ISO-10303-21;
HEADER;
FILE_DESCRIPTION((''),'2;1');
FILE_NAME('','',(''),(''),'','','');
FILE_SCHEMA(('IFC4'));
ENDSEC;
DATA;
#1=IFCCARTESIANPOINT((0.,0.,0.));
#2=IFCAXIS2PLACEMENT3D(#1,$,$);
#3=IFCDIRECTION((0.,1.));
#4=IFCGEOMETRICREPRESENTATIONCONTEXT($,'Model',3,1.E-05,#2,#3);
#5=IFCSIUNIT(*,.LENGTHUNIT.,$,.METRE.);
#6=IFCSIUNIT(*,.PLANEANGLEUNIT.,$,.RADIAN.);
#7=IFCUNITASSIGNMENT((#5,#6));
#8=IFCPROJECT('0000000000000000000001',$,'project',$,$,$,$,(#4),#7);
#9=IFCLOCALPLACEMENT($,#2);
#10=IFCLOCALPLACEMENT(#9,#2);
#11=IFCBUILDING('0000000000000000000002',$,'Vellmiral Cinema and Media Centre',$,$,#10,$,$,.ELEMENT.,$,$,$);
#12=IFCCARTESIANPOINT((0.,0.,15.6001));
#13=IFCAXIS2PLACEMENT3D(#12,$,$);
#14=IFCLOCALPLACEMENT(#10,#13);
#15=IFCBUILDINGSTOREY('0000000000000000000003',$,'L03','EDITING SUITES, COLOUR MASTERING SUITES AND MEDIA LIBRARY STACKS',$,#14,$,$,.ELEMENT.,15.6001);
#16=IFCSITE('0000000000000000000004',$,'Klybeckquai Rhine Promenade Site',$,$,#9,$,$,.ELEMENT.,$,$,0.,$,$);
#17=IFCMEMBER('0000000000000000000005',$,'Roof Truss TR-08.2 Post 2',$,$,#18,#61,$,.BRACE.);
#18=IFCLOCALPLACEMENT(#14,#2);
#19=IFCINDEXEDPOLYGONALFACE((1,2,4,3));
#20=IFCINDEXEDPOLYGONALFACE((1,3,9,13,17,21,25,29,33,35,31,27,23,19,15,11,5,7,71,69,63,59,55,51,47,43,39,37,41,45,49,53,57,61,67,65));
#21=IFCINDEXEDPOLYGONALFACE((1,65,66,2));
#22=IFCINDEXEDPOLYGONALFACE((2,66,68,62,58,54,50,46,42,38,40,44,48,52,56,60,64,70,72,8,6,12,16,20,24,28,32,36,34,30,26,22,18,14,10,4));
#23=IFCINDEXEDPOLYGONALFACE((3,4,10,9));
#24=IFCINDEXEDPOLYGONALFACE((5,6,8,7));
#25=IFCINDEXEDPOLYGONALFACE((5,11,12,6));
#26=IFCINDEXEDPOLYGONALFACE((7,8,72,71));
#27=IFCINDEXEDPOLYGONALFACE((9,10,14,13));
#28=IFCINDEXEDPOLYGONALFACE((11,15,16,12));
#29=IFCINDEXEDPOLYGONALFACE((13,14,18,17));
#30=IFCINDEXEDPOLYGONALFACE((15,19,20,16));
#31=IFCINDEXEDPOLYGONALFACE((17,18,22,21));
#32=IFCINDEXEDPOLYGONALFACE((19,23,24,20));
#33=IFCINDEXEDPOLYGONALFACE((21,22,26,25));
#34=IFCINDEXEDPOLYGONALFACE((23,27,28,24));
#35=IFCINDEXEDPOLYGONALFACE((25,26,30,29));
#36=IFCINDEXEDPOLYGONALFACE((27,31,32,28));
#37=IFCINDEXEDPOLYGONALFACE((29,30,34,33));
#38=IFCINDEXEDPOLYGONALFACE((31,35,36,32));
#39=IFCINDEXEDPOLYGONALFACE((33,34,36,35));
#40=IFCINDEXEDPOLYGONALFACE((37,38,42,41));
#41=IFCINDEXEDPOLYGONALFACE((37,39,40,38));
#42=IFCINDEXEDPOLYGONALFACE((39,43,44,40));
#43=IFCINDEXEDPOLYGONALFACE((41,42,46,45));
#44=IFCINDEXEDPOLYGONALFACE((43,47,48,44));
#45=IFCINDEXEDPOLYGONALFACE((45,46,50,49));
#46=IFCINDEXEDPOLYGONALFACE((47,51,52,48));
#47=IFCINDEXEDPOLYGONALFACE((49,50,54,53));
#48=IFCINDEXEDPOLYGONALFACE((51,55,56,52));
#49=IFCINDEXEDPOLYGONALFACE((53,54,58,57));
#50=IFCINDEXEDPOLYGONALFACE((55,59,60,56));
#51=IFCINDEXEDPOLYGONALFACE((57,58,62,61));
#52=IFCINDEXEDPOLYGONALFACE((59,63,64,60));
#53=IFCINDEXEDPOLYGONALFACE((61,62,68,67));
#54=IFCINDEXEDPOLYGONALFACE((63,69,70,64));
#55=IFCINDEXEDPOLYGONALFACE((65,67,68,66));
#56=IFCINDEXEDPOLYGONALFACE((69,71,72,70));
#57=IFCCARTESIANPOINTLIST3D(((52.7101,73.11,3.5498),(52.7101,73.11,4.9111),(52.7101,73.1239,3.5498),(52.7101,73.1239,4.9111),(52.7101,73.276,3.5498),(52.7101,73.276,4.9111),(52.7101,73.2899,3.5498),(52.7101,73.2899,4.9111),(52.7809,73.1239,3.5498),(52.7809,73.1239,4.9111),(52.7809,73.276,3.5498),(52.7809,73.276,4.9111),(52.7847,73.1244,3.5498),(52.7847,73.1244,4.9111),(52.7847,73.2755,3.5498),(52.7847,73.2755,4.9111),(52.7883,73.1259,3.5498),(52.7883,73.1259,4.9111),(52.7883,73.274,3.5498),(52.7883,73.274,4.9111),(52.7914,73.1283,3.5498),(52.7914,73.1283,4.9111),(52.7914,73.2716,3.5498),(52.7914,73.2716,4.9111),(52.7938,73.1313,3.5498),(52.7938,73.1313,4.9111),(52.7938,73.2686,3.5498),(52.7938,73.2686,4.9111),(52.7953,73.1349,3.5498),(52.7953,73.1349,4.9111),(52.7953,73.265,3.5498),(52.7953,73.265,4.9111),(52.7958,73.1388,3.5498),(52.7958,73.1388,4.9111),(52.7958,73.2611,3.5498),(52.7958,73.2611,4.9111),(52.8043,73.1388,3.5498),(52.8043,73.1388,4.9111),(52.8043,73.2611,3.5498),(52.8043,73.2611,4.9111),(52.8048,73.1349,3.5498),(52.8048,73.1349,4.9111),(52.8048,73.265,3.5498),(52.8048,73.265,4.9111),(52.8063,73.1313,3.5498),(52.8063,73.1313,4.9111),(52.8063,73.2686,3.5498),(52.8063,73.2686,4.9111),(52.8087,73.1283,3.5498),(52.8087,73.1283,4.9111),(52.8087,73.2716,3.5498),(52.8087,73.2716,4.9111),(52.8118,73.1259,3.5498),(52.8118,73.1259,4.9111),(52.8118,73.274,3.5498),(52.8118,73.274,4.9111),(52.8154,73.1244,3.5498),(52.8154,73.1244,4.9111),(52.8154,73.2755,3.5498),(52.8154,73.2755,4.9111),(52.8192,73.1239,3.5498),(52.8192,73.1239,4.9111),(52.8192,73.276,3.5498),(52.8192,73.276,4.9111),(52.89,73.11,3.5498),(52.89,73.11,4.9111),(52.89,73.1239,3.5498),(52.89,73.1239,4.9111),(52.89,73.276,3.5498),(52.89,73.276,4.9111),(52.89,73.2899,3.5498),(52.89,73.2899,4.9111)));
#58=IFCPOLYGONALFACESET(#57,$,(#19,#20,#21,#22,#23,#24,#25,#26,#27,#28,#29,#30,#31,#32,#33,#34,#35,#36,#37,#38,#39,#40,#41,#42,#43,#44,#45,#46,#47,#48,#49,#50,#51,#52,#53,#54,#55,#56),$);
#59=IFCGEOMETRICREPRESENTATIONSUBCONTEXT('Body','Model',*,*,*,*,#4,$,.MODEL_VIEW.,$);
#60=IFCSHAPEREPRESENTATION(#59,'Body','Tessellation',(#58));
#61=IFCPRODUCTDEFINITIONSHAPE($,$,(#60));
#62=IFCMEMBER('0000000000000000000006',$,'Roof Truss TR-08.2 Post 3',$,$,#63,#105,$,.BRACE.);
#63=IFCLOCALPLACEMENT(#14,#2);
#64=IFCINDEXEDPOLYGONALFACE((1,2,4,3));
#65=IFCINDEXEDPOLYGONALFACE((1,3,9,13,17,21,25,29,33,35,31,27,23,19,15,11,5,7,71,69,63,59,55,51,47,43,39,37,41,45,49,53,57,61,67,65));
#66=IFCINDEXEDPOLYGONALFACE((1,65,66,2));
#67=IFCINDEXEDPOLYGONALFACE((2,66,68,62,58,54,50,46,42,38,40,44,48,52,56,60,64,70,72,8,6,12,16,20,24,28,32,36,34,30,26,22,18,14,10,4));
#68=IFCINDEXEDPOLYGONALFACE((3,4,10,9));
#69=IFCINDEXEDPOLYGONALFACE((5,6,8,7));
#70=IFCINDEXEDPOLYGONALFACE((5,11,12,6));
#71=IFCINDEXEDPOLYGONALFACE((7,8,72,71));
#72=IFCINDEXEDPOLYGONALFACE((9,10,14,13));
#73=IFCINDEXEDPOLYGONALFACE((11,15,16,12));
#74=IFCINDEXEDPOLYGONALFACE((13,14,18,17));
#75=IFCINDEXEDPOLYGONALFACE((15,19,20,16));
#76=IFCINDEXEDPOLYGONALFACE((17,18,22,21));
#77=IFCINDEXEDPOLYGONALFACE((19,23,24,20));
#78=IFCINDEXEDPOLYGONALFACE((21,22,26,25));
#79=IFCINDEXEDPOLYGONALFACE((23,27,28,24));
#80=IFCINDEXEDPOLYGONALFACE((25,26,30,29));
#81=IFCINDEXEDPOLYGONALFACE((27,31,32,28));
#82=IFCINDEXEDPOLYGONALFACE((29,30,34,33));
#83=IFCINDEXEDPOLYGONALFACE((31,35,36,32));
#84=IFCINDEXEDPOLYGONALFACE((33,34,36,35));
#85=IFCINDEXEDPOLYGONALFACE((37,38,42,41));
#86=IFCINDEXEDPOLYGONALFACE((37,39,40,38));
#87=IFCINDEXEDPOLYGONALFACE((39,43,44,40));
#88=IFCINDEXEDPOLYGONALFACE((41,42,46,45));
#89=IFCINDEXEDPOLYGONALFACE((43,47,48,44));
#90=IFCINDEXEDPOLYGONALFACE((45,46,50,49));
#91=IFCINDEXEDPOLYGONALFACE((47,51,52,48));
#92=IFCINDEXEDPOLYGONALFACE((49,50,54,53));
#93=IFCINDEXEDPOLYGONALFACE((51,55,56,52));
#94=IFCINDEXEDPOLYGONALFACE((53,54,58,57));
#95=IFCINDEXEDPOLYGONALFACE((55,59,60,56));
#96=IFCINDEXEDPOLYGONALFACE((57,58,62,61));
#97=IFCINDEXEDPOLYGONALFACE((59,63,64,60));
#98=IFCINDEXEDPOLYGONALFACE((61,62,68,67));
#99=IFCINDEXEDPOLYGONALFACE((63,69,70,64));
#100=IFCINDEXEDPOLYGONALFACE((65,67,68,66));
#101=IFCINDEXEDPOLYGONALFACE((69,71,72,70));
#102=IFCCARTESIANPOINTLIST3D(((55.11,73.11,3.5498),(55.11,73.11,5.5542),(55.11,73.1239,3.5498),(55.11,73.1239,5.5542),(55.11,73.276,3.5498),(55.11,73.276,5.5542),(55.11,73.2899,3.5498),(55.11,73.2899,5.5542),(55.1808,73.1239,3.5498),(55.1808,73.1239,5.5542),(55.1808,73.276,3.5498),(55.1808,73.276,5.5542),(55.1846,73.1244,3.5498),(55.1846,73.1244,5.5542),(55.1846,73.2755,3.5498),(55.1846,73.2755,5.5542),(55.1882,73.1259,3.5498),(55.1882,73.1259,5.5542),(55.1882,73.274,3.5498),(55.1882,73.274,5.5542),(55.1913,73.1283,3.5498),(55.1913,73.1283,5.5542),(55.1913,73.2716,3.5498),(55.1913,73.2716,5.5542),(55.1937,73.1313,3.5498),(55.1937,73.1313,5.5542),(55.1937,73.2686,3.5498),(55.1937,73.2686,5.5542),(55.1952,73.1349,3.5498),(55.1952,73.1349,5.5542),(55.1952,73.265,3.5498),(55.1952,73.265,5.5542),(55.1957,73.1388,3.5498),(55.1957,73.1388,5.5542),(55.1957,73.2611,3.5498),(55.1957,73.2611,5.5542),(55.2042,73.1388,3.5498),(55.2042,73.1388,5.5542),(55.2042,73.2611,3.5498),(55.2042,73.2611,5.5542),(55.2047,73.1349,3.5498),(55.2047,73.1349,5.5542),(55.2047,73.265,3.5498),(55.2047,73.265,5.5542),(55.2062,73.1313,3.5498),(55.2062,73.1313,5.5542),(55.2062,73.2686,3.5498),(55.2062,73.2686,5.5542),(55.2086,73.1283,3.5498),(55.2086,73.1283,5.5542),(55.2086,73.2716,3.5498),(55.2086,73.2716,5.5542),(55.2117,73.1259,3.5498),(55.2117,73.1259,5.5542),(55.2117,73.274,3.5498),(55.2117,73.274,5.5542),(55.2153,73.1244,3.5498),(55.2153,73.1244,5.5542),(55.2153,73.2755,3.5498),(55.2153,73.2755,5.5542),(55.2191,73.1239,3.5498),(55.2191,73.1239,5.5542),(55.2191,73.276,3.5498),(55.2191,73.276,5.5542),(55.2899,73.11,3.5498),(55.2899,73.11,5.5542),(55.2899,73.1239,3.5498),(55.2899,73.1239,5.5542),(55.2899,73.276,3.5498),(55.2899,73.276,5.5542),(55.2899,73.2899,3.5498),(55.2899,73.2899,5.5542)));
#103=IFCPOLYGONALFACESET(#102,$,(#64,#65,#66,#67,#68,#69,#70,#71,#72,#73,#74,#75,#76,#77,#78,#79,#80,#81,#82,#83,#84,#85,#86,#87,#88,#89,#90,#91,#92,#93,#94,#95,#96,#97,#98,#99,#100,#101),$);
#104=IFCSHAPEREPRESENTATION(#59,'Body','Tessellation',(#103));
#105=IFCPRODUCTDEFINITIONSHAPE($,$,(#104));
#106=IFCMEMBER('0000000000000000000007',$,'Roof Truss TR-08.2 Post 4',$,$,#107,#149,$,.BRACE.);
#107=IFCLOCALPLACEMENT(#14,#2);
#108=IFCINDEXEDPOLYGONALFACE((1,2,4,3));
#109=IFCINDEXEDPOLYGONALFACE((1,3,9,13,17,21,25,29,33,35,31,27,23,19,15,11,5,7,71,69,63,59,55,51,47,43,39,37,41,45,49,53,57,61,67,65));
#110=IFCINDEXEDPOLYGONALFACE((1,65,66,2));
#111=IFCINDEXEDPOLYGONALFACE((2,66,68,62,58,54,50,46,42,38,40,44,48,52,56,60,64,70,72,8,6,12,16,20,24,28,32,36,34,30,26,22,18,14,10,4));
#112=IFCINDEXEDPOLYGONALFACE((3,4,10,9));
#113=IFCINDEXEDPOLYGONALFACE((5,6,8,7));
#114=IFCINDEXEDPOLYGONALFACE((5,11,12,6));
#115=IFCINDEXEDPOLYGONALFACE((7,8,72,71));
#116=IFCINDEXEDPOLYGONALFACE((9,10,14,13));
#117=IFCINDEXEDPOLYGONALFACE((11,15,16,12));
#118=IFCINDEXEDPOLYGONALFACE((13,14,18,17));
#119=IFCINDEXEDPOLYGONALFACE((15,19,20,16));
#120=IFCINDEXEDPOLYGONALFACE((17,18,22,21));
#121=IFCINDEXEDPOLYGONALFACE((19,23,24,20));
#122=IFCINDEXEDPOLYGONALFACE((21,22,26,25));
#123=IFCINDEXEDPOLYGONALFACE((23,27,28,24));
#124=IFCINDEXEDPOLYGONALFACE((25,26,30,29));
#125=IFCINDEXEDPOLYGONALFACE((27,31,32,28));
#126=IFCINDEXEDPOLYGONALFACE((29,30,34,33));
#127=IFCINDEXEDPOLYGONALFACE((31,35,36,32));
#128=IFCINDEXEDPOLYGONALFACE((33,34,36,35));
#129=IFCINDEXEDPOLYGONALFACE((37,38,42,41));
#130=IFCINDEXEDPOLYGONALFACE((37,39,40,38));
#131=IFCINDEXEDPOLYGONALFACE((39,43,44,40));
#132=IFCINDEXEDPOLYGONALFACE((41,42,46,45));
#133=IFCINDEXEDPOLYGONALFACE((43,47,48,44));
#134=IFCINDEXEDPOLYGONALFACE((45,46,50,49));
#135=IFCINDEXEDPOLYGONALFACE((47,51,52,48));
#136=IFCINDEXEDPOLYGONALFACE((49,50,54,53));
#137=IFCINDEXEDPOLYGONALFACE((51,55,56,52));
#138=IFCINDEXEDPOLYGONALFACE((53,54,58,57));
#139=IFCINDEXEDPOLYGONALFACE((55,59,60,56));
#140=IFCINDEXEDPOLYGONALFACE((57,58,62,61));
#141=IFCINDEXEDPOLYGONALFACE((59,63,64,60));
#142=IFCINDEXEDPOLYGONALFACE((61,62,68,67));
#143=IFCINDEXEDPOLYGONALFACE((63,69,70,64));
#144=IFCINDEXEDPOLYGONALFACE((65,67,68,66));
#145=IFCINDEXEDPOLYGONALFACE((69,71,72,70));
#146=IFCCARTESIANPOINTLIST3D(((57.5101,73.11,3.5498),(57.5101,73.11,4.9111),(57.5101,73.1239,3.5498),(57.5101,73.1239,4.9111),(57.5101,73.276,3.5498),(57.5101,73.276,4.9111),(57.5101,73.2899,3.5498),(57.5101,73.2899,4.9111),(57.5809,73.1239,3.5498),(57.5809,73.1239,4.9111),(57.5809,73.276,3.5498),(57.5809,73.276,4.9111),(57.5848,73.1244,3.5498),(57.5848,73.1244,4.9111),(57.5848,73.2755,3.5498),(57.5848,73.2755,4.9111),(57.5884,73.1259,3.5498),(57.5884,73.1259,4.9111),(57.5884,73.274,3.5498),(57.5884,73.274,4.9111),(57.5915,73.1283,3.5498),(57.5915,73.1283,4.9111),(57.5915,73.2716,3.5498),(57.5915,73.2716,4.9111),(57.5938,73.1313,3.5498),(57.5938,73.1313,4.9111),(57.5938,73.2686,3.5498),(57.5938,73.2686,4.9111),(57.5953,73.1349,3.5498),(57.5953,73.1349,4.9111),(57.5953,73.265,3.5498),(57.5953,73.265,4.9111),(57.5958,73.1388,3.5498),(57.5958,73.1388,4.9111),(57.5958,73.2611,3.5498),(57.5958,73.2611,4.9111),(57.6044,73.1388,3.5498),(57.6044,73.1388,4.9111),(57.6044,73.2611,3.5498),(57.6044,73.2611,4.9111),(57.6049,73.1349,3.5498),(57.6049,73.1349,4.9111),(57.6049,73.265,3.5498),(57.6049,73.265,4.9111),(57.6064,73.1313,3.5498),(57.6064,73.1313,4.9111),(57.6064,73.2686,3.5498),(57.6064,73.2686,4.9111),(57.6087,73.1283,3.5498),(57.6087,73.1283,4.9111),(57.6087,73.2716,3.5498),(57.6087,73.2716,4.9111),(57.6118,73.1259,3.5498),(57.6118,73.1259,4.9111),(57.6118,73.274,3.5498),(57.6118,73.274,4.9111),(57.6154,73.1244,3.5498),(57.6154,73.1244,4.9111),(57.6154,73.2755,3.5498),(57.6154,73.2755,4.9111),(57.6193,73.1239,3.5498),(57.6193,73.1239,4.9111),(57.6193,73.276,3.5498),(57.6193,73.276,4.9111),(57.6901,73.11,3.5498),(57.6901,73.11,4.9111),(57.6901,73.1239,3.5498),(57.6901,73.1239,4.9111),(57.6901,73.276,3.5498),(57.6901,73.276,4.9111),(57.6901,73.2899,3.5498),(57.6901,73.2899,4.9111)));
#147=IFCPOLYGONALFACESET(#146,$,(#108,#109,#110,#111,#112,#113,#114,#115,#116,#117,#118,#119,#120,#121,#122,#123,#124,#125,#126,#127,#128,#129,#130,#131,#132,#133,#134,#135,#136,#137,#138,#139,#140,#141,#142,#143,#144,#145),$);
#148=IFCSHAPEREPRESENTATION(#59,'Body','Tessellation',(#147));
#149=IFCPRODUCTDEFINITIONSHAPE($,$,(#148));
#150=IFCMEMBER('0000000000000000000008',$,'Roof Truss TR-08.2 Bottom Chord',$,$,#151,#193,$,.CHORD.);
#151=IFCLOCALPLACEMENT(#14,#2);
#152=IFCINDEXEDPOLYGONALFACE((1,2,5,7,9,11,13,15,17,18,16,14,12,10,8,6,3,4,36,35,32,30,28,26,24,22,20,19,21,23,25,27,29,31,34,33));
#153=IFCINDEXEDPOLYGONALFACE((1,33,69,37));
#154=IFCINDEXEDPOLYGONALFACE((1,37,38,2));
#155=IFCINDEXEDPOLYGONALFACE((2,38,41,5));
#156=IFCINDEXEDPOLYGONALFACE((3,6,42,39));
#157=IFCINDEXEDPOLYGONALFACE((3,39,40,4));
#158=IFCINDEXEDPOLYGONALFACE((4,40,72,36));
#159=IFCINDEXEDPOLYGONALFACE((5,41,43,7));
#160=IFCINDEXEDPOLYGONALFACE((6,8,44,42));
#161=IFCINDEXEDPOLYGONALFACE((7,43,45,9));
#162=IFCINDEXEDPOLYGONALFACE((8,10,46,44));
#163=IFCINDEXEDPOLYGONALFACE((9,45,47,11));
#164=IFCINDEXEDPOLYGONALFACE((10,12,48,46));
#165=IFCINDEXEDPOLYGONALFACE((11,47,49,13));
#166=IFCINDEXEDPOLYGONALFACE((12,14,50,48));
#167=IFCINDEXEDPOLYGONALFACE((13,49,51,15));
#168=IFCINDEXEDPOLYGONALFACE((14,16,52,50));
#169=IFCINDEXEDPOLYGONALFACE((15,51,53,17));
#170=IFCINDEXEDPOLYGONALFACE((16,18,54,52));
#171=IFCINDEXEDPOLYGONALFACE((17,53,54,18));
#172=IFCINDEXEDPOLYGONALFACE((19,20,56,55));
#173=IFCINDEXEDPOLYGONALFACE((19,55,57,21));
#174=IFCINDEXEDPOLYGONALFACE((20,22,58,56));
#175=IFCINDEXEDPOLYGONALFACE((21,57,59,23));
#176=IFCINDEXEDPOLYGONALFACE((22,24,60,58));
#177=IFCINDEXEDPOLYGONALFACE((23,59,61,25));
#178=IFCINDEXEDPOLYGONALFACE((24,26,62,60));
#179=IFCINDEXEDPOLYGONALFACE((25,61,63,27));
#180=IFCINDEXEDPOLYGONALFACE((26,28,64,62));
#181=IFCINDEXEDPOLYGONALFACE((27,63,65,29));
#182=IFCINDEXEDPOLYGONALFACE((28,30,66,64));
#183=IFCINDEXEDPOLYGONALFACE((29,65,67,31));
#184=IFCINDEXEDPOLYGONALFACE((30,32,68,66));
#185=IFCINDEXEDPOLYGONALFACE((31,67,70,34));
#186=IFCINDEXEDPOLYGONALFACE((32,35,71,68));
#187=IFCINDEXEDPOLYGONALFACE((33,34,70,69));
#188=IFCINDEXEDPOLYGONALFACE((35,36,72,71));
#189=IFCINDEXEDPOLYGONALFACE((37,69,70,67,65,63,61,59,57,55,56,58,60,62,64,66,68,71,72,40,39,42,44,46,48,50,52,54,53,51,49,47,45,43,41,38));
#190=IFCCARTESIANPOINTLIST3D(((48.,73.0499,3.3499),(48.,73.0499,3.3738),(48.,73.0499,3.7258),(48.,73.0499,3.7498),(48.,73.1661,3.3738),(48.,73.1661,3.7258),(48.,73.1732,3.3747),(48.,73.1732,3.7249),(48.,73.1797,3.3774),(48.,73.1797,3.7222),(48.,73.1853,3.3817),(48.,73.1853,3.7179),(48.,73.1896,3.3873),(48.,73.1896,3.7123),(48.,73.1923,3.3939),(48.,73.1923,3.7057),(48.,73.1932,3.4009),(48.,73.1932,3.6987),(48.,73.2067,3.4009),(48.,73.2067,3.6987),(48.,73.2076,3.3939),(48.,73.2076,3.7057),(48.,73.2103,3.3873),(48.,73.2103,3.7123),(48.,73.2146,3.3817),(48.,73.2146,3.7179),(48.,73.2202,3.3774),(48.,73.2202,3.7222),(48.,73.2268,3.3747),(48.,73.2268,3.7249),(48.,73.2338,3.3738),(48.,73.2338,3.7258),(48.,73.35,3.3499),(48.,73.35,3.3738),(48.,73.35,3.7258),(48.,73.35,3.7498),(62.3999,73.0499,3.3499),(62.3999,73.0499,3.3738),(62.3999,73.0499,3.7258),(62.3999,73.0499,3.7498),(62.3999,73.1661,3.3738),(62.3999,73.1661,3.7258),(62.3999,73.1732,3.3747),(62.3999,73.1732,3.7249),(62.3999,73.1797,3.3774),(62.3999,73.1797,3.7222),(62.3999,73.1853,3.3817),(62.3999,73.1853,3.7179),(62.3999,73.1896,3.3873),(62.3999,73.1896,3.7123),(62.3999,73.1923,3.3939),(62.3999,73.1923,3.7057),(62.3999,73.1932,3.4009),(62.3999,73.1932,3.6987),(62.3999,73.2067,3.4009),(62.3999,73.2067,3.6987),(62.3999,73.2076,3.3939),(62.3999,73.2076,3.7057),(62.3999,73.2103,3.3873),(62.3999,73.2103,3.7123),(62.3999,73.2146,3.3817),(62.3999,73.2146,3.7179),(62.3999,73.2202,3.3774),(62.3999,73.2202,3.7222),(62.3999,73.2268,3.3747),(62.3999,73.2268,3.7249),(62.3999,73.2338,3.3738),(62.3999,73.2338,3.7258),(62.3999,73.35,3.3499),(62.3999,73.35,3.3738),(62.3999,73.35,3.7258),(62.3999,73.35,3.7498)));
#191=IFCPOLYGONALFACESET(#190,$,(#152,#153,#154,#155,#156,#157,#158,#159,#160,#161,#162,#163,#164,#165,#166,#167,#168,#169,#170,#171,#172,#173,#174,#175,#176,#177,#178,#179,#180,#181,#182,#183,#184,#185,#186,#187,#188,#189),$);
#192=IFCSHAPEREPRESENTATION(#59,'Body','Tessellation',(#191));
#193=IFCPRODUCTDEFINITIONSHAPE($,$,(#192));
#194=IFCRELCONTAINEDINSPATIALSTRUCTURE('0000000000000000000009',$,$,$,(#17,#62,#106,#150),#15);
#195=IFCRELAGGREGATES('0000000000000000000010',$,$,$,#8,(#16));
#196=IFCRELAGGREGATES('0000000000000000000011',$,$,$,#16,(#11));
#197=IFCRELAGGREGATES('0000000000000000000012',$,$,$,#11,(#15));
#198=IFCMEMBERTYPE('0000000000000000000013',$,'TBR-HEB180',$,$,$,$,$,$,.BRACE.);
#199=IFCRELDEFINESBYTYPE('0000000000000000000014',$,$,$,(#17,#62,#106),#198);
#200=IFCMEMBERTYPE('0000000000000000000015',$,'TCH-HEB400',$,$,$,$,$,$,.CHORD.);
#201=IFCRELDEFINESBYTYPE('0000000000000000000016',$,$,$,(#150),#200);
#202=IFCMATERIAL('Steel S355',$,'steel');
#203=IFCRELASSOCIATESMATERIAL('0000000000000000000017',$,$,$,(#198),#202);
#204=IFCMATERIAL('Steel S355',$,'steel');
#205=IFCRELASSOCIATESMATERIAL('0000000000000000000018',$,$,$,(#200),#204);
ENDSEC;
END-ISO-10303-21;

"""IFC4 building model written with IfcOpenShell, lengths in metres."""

from ifc_helpers import new_model, si_unit, direction, frame, origin, origin_2d, place, context, subcontext, project, spatial, i_section, extrude, material, material_profile, profile_set, type_object, element, save


model = new_model("IFC4")

# Units and contexts
model_context = context("Model", 3, precision=1e-05, world=origin(), true_north=direction((0.0, 1.0)))
body_context = subcontext(model_context, "Body", "Model", "MODEL_VIEW")
ifc_project = project(units=[si_unit("LENGTHUNIT", "METRE"), si_unit("PLANEANGLEUNIT", "RADIAN")], contexts=[model_context])

# Site, building, storey
site_placement = place(None, origin())
site = spatial("IfcSite", under=ifc_project, at=site_placement, Name="Klybeckquai Rhine Promenade Site", CompositionType="ELEMENT", RefElevation=0.0)
building_placement = place(site_placement, origin())
building = spatial("IfcBuilding", under=site, at=building_placement, Name="Vellmiral Cinema and Media Centre", CompositionType="ELEMENT")
storey_placement = place(building_placement, frame((0.0, 0.0, 15.6001)))
storey = spatial("IfcBuildingStorey", under=building, at=storey_placement, Name="L03", Description="EDITING SUITES, COLOUR MASTERING SUITES AND MEDIA LIBRARY STACKS", CompositionType="ELEMENT", Elevation=15.6001)

# Members
ifc_material_1 = material(Name="Steel S355", Category="steel")
ifc_material_profile_1 = material_profile(ifc_material_1, i_section(OverallWidth=0.1799, OverallDepth=0.1799, WebThickness=0.0085, FlangeThickness=0.0139, FilletRadius=0.0149, at=origin_2d()), Name="HEB 180")
ifc_profile_set_1 = profile_set([ifc_material_profile_1], Name="Steel S355")
member_type_1 = type_object("IfcMemberType", Name="TBR-HEB180", PredefinedType="BRACE", material=ifc_profile_set_1)
member_1_placement = place(storey_placement, frame((52.8, 73.2, 3.5498), z_axis=(0.0, 0.0, 1.0), x_axis=(1.0, 0.0, 0.0)))
element("IfcMember", 1, at=member_1_placement, inside=storey, type_object=member_type_1, Name="Roof Truss TR-08.2 Post 2", PredefinedType="BRACE", context=body_context, shape_type="SweptSolid", body=[
    extrude(i_section(OverallWidth=0.1799, OverallDepth=0.1799, WebThickness=0.0085, FlangeThickness=0.0139, FilletRadius=0.0149, at=origin_2d()), origin(), (0.0, 0.0, 1.0), 1.3613),
])
member_2_placement = place(storey_placement, frame((55.2, 73.2, 3.5498), z_axis=(0.0, 0.0, 1.0), x_axis=(1.0, 0.0, 0.0)))
element("IfcMember", 2, at=member_2_placement, inside=storey, type_object=member_type_1, Name="Roof Truss TR-08.2 Post 3", PredefinedType="BRACE", context=body_context, shape_type="SweptSolid", body=[
    extrude(i_section(OverallWidth=0.1799, OverallDepth=0.1799, WebThickness=0.0085, FlangeThickness=0.0139, FilletRadius=0.0149, at=origin_2d()), origin(), (0.0, 0.0, 1.0), 2.0044),
])
member_3_placement = place(storey_placement, frame((57.6001, 73.2, 3.5498), z_axis=(0.0, 0.0, 1.0), x_axis=(1.0, 0.0, 0.0)))
element("IfcMember", 3, at=member_3_placement, inside=storey, type_object=member_type_1, Name="Roof Truss TR-08.2 Post 4", PredefinedType="BRACE", context=body_context, shape_type="SweptSolid", body=[
    extrude(i_section(OverallWidth=0.1799, OverallDepth=0.1799, WebThickness=0.0085, FlangeThickness=0.0139, FilletRadius=0.0149, at=origin_2d()), origin(), (0.0, 0.0, 1.0), 1.3613),
])
ifc_material_2 = material(Name="Steel S355", Category="steel")
ifc_material_profile_2 = material_profile(ifc_material_2, i_section(OverallWidth=0.3, OverallDepth=0.3999, WebThickness=0.0134, FlangeThickness=0.0239, FilletRadius=0.0271, at=origin_2d()), Name="HEB 400")
ifc_profile_set_2 = profile_set([ifc_material_profile_2], Name="Steel S355")
member_type_2 = type_object("IfcMemberType", Name="TCH-HEB400", PredefinedType="CHORD", material=ifc_profile_set_2)
member_4_placement = place(storey_placement, frame((48.0, 73.2, 3.5498), z_axis=(1.0, 0.0, 0.0), x_axis=(0.0, 1.0, 0.0)))
element("IfcMember", 4, at=member_4_placement, inside=storey, type_object=member_type_2, Name="Roof Truss TR-08.2 Bottom Chord", PredefinedType="CHORD", context=body_context, shape_type="SweptSolid", body=[
    extrude(i_section(OverallWidth=0.3, OverallDepth=0.3999, WebThickness=0.0134, FlangeThickness=0.0239, FilletRadius=0.0271, at=origin_2d()), origin(), (0.0, 0.0, 1.0), 14.3999),
])

save(model, "model.ifc")
